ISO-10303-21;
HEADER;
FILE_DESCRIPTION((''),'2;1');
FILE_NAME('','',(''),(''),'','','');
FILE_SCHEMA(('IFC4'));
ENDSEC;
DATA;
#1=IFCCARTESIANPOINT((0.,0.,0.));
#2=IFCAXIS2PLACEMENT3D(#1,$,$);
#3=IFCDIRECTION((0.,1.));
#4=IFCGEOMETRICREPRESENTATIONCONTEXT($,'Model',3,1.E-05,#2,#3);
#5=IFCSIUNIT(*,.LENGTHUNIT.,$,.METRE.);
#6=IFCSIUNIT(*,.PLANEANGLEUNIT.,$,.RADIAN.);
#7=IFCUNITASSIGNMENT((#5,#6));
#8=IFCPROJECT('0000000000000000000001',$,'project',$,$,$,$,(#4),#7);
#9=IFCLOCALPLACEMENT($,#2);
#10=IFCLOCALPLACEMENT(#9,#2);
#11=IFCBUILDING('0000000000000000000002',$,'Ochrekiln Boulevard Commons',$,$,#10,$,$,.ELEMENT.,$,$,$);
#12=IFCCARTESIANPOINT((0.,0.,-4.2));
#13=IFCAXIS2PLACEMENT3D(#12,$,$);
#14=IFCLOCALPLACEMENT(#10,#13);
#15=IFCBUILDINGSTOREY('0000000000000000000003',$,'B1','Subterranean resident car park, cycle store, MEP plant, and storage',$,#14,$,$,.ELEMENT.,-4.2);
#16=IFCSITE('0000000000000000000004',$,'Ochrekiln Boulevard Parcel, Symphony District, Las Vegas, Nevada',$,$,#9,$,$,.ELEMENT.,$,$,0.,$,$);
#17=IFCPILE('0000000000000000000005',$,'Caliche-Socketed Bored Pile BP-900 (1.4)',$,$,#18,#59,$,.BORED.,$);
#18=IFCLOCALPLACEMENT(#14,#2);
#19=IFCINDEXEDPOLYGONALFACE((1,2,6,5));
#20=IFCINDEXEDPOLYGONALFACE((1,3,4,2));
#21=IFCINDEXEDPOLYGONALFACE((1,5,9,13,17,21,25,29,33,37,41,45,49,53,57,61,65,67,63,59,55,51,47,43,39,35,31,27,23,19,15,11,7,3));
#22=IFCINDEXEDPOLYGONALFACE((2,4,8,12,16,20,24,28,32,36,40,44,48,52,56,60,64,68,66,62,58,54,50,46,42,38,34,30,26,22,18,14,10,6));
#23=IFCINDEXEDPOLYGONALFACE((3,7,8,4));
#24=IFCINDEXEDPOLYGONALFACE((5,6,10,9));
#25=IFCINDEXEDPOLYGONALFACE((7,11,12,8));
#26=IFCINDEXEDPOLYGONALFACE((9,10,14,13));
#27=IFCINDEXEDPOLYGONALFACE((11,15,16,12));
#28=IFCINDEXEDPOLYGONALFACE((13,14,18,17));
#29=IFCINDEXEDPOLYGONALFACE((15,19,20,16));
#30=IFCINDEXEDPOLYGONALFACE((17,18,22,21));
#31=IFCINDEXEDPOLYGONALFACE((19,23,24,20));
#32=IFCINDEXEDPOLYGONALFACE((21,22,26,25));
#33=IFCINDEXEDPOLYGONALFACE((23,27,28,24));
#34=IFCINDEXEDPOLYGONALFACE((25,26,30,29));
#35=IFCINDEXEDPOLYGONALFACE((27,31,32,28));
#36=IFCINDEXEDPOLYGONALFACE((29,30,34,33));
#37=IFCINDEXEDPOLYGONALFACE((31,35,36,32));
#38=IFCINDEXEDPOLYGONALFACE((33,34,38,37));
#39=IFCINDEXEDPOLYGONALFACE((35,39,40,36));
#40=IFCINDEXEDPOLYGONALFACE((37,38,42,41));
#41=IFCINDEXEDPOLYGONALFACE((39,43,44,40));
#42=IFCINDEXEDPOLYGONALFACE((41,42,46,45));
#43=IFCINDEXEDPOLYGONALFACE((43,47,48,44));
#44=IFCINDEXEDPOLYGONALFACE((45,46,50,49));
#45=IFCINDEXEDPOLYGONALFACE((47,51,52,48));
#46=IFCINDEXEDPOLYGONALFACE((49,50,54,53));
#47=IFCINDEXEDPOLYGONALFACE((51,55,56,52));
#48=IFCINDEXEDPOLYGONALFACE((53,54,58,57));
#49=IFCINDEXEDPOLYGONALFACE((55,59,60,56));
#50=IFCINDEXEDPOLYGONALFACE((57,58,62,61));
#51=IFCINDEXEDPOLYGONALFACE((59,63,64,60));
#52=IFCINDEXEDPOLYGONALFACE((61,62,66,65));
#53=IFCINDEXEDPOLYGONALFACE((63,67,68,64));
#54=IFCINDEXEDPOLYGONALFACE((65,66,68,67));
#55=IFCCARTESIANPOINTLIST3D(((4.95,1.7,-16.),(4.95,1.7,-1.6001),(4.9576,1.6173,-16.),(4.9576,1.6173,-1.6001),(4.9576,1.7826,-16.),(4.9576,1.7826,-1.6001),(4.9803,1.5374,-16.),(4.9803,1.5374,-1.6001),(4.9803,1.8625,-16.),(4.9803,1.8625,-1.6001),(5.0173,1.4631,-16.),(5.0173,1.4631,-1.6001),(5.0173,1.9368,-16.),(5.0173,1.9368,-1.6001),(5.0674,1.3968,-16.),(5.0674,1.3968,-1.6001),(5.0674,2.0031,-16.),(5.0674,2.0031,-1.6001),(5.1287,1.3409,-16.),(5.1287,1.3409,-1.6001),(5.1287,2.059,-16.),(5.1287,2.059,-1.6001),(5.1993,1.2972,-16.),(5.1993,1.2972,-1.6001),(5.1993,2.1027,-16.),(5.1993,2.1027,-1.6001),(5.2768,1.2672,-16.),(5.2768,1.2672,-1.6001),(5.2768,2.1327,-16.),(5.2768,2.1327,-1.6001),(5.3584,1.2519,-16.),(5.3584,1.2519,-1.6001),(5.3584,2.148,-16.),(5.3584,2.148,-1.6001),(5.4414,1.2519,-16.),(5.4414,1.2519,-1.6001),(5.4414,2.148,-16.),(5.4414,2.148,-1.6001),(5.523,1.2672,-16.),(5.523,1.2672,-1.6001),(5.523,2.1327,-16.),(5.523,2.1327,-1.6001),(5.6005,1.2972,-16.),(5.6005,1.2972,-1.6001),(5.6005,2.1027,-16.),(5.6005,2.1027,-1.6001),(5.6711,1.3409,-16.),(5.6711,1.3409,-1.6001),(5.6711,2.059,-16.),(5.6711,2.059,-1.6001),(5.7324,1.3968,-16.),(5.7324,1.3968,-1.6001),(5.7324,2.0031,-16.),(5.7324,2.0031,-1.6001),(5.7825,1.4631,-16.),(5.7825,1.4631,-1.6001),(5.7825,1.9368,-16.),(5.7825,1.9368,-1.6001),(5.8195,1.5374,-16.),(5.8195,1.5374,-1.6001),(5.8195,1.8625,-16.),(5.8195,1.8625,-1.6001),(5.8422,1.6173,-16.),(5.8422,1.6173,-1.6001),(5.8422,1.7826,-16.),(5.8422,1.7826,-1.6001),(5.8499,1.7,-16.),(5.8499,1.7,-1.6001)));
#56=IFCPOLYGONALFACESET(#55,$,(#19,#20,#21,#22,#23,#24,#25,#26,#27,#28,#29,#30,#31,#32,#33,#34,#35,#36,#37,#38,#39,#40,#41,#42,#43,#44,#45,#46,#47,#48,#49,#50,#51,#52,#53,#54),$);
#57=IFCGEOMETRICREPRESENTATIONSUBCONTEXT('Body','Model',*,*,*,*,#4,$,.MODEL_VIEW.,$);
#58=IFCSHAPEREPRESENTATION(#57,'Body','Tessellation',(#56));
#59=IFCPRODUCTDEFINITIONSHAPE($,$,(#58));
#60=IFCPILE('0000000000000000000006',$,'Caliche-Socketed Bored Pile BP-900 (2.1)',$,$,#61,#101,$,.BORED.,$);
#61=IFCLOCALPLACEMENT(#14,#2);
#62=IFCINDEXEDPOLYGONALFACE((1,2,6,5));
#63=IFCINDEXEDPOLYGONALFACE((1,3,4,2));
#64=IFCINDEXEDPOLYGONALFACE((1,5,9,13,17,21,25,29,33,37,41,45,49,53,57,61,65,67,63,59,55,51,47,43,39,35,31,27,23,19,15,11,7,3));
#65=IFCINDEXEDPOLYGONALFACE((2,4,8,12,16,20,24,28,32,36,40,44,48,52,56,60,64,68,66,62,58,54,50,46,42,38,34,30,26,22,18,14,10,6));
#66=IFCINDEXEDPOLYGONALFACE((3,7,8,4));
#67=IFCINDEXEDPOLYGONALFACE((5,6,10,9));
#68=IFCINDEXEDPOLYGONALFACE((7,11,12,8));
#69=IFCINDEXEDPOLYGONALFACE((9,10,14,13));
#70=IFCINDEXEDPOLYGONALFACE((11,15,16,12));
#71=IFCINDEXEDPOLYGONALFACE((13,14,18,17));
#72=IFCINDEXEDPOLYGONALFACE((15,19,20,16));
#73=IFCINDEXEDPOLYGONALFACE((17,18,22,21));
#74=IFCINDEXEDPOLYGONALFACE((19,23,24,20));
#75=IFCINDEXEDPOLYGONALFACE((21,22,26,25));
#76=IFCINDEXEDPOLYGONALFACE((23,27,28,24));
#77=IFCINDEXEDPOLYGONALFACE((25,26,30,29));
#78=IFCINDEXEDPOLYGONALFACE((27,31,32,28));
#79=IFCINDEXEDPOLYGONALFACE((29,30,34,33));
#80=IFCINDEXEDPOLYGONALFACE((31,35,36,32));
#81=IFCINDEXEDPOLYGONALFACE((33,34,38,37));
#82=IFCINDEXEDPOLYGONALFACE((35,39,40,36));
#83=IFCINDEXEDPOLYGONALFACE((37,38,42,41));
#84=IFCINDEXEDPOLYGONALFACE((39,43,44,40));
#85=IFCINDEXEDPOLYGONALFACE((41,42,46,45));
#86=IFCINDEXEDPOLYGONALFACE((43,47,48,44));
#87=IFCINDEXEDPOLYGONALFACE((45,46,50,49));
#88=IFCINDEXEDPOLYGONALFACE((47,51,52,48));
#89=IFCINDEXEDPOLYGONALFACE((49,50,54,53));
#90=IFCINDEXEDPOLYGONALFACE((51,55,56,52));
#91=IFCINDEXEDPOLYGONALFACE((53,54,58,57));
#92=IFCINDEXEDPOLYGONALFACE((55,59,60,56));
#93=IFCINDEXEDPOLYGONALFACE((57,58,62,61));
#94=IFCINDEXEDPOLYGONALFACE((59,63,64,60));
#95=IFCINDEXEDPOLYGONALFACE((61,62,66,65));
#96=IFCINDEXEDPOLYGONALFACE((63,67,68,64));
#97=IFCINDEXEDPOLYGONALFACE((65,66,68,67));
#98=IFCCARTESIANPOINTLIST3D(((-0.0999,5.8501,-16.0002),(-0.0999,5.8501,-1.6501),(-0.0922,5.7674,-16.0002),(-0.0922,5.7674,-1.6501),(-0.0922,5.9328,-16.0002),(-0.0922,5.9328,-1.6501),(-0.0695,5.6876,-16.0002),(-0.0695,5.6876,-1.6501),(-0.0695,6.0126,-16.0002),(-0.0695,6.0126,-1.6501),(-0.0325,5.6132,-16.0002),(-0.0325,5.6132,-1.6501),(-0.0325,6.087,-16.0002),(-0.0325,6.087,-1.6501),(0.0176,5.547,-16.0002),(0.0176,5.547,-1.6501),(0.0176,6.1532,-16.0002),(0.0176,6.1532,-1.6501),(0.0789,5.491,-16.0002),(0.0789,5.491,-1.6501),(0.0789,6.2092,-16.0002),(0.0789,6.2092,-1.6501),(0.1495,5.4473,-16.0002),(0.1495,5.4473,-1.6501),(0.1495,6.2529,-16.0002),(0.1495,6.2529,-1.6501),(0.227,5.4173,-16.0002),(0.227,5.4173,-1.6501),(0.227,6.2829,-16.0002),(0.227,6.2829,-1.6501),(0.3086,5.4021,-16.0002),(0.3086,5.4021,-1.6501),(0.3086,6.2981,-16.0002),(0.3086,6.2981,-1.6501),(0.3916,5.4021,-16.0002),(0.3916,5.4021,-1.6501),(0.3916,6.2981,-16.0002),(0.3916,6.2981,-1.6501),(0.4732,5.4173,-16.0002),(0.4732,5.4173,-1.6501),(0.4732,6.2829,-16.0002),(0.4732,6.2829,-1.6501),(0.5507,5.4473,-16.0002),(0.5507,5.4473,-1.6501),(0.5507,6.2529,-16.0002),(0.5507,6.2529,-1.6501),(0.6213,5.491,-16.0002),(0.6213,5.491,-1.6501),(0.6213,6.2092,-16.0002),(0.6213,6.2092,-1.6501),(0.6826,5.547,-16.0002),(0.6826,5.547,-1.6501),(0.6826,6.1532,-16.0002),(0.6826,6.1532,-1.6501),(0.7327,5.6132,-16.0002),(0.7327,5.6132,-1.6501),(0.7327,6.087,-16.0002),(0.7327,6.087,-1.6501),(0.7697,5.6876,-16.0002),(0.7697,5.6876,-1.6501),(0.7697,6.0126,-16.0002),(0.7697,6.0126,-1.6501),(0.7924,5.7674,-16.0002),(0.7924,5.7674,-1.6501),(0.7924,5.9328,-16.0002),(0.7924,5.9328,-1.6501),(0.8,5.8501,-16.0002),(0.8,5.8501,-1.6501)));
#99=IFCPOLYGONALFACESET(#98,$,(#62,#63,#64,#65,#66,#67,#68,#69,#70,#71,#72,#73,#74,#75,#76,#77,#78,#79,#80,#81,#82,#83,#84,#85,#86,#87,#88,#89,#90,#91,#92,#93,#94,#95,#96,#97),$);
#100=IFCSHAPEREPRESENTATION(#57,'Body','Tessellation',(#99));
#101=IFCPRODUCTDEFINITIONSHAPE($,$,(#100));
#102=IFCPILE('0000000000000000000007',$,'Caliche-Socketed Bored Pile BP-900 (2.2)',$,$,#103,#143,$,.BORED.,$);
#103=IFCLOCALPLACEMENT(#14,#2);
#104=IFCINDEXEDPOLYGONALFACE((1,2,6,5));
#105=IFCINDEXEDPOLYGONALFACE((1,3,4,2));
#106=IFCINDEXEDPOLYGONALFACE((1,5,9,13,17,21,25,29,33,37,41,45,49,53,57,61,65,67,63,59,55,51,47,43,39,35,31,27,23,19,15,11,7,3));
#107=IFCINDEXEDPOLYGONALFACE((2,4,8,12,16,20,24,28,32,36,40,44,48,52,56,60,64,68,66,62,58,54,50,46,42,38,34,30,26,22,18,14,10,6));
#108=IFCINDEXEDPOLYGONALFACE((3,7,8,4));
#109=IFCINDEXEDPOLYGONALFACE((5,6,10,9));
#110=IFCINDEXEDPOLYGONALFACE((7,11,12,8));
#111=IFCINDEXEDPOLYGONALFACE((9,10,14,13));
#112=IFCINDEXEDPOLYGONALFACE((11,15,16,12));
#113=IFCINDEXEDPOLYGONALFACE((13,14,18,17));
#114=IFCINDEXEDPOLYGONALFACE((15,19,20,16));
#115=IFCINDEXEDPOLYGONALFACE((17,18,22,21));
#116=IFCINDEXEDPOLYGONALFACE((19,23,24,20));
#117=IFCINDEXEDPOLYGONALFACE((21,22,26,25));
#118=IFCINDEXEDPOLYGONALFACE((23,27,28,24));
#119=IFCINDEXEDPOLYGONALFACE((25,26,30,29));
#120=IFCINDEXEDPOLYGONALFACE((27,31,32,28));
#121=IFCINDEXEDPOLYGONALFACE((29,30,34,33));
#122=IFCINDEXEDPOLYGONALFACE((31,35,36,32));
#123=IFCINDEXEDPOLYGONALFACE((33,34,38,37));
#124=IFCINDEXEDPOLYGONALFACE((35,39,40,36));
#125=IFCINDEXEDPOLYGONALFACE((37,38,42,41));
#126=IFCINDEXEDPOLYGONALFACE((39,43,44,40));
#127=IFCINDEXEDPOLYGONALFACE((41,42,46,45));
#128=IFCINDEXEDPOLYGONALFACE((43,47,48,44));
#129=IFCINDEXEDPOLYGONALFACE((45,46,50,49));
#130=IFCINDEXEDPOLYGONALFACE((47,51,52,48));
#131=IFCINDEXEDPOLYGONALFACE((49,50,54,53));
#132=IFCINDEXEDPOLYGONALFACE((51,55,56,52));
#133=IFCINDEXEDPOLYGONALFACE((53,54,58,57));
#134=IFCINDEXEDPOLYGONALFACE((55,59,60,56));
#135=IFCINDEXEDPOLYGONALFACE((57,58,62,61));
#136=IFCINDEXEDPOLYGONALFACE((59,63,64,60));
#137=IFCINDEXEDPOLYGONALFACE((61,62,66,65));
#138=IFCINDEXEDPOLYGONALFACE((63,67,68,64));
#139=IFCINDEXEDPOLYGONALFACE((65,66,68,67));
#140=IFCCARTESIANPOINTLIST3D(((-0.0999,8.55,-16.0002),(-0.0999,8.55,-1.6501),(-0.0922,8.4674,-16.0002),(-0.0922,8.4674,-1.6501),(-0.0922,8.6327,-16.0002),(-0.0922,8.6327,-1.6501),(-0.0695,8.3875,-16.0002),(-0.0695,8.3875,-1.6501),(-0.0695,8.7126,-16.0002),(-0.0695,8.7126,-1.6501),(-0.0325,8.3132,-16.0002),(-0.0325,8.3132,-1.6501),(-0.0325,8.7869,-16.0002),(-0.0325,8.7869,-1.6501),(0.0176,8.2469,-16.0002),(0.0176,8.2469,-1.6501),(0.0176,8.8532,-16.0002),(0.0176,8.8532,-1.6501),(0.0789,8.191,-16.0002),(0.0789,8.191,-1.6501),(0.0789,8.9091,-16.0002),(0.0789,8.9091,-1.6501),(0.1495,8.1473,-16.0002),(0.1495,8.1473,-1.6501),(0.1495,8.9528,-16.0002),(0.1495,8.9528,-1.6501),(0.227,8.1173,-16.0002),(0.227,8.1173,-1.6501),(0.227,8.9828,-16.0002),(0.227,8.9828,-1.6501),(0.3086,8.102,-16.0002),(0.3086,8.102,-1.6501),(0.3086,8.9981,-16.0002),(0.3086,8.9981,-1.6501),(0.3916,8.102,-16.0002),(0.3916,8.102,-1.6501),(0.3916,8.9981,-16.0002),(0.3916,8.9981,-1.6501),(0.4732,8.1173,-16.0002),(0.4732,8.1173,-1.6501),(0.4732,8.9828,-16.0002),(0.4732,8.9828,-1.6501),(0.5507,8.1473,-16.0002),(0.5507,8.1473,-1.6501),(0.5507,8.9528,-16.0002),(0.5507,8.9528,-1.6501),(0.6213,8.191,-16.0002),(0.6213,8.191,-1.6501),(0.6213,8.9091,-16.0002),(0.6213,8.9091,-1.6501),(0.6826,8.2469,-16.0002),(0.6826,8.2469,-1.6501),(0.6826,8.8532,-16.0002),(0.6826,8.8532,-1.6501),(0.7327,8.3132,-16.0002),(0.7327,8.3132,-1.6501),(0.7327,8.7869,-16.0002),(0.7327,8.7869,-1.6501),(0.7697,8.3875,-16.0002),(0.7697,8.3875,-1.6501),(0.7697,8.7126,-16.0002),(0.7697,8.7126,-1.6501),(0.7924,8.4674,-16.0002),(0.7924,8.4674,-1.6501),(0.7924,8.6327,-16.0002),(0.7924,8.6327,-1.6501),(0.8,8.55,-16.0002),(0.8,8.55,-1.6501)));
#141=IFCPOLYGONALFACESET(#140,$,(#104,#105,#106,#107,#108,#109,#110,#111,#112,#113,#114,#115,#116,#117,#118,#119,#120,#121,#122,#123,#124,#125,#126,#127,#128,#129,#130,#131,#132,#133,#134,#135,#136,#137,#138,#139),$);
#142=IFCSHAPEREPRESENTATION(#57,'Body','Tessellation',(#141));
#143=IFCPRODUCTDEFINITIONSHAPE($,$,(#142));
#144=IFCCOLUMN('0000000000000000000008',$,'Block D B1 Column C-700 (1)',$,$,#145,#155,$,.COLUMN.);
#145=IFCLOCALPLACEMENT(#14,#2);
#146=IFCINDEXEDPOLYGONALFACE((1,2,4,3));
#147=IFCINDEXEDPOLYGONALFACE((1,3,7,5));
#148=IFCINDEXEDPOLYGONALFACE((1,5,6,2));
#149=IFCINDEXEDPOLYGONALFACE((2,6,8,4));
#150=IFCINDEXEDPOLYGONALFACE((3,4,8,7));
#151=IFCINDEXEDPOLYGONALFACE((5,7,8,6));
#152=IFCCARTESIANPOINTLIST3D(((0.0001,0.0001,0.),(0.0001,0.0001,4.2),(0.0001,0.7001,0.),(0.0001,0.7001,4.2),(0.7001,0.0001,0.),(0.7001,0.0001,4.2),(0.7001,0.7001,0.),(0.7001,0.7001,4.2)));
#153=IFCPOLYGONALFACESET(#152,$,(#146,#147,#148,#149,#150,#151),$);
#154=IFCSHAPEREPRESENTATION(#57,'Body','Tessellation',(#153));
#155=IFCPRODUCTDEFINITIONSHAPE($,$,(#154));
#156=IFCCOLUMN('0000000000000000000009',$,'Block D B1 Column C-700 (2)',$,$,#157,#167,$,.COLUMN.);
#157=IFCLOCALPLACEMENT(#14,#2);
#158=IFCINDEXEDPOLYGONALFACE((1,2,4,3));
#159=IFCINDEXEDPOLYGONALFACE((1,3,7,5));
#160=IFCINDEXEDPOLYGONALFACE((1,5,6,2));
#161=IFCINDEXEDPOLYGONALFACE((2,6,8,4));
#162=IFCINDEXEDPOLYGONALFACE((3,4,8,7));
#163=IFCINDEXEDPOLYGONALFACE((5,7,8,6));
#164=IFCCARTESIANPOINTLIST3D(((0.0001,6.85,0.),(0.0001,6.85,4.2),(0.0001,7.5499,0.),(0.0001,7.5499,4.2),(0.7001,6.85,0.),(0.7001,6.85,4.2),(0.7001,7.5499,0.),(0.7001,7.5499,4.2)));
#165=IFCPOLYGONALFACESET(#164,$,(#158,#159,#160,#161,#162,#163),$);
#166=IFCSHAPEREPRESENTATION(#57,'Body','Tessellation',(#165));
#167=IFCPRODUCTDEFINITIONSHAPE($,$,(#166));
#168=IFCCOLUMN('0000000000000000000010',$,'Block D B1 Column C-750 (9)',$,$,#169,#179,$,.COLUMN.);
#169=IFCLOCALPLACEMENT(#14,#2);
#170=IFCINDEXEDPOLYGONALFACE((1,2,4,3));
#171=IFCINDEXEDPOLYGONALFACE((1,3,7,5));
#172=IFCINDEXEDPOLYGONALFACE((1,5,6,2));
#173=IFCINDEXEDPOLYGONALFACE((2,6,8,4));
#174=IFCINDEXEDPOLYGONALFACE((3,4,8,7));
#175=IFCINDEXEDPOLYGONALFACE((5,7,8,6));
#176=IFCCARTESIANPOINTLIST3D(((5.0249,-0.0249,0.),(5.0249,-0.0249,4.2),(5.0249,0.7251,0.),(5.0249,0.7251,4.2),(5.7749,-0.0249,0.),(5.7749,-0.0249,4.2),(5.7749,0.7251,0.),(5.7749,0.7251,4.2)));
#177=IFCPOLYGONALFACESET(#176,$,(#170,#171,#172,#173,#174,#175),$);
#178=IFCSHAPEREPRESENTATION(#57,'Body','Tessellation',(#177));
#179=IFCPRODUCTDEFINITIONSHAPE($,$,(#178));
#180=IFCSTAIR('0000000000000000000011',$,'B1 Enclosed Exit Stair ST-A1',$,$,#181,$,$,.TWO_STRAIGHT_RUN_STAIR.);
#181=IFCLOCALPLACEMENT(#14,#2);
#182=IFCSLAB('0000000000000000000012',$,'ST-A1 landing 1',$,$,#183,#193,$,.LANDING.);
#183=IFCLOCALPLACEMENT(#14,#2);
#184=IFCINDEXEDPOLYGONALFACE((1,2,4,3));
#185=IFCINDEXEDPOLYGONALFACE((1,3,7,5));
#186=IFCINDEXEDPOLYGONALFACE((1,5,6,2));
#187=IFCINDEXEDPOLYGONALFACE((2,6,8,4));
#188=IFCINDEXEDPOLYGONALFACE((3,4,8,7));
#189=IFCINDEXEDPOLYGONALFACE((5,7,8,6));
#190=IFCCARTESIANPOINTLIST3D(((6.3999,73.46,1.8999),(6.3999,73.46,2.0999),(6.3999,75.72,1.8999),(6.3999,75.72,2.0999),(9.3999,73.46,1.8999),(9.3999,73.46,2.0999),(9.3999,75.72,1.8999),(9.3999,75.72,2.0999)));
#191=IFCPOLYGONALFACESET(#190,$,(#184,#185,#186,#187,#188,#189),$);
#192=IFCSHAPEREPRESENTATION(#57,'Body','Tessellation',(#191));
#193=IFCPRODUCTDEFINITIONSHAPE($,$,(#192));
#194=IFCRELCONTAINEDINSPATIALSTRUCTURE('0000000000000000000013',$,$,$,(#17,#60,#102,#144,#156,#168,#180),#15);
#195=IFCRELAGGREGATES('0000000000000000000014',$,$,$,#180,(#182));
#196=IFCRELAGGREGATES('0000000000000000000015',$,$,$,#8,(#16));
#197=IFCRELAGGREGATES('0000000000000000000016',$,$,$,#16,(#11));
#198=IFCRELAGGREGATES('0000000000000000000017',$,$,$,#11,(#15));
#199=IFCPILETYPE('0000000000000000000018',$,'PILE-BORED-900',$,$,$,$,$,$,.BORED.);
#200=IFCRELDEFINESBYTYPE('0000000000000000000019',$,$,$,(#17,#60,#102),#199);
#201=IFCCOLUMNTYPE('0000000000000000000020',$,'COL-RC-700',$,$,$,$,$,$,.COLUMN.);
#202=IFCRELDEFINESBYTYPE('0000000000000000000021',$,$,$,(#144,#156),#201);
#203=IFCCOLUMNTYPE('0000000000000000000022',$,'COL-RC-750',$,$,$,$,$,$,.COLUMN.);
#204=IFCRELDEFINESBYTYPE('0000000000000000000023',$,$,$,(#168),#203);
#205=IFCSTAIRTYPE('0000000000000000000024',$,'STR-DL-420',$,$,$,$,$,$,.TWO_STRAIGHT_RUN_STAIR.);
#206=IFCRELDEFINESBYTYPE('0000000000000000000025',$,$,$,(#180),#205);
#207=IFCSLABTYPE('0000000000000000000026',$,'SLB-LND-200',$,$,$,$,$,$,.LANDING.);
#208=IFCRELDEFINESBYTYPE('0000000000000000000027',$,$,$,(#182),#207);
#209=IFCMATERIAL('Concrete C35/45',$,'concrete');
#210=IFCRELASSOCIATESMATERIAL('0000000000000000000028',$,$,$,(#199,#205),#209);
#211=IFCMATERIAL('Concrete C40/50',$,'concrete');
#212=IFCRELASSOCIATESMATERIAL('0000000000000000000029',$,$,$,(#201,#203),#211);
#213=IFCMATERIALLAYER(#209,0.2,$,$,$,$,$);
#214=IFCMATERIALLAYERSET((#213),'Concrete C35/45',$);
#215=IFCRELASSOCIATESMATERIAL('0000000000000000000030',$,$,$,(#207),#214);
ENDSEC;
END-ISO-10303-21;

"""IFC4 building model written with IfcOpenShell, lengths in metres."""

from ifc_helpers import new_model, si_unit, direction, frame, origin, origin_2d, place, context, subcontext, project, spatial, polyline, rectangle, circle, outline, extrude, material, layer, layer_set, material_profile, profile_set, type_object, element, aggregate, save


model = new_model("IFC4")

# Units and contexts
model_context = context("Model", 3, precision=1e-05, world=origin(), true_north=direction((0.0, 1.0)))
body_context = subcontext(model_context, "Body", "Model", "MODEL_VIEW")
ifc_project = project(units=[si_unit("LENGTHUNIT", "METRE"), si_unit("PLANEANGLEUNIT", "RADIAN")], contexts=[model_context])

# Site, building, storey
site_placement = place(None, origin())
site = spatial("IfcSite", under=ifc_project, at=site_placement, Name="Ochrekiln Boulevard Parcel, Symphony District, Las Vegas, Nevada", CompositionType="ELEMENT", RefElevation=0.0)
building_placement = place(site_placement, origin())
building = spatial("IfcBuilding", under=site, at=building_placement, Name="Ochrekiln Boulevard Commons", CompositionType="ELEMENT")
storey_placement = place(building_placement, frame((0.0, 0.0, -4.2)))
storey = spatial("IfcBuildingStorey", under=building, at=storey_placement, Name="B1", Description="Subterranean resident car park, cycle store, MEP plant, and storage", CompositionType="ELEMENT", Elevation=-4.2)

# Shared definitions
ifc_material_1 = material(Name="Concrete C35/45", Category="concrete")

# Piles
ifc_material_profile_1 = material_profile(ifc_material_1, circle(Radius=0.45, at=origin_2d()), Name="PILE-D900")
ifc_profile_set_1 = profile_set([ifc_material_profile_1], Name="Concrete C35/45")
pile_type = type_object("IfcPileType", Name="PILE-BORED-900", PredefinedType="BORED", material=ifc_profile_set_1)
for number, where, z_axis, x_axis, name in (
    (1, (5.3999, 1.7, -1.6001), (0.0, 0.0, -1.0), (1.0, 0.0, 0.0), "Caliche-Socketed Bored Pile BP-900 (1.4)"),
):
    element("IfcPile", number, at=place(storey_placement, frame(where, z_axis=z_axis, x_axis=x_axis)), inside=storey, type_object=pile_type, Name=name, PredefinedType="BORED", context=body_context, shape_type="SweptSolid", body=[
        extrude(circle(Radius=0.45, at=origin_2d()), origin(), (0.0, 0.0, 1.0), 14.3999),
    ])
for number, where, z_axis, x_axis, name in (
    (2, (0.3501, 5.8501, -1.6501), (0.0, 0.0, -1.0), (1.0, 0.0, 0.0), "Caliche-Socketed Bored Pile BP-900 (2.1)"),
    (3, (0.3501, 8.55, -1.6501), (0.0, 0.0, -1.0), (1.0, 0.0, 0.0), "Caliche-Socketed Bored Pile BP-900 (2.2)"),
):
    element("IfcPile", number, at=place(storey_placement, frame(where, z_axis=z_axis, x_axis=x_axis)), inside=storey, type_object=pile_type, Name=name, PredefinedType="BORED", context=body_context, shape_type="SweptSolid", body=[
        extrude(circle(Radius=0.45, at=origin_2d()), origin(), (0.0, 0.0, 1.0), 14.3501),
    ])

# Columns
ifc_material_2 = material(Name="Concrete C40/50", Category="concrete")
ifc_material_profile_2 = material_profile(ifc_material_2, rectangle(XDim=0.7, YDim=0.7, at=origin_2d()), Name="RC-COL-700x700")
ifc_profile_set_2 = profile_set([ifc_material_profile_2], Name="Concrete C40/50")
column_type_1 = type_object("IfcColumnType", Name="COL-RC-700", PredefinedType="COLUMN", material=ifc_profile_set_2)
for number, where, z_axis, x_axis, name in (
    (4, (0.3501, 0.3501, 0.0), (0.0, 0.0, 1.0), (1.0, 0.0, 0.0), "Block D B1 Column C-700 (1)"),
    (5, (0.3501, 7.2, 0.0), (0.0, 0.0, 1.0), (1.0, 0.0, 0.0), "Block D B1 Column C-700 (2)"),
):
    element("IfcColumn", number, at=place(storey_placement, frame(where, z_axis=z_axis, x_axis=x_axis)), inside=storey, type_object=column_type_1, Name=name, PredefinedType="COLUMN", context=body_context, shape_type="SweptSolid", body=[
        extrude(rectangle(XDim=0.7, YDim=0.7, at=origin_2d()), origin(), (0.0, 0.0, 1.0), 4.2),
    ])
ifc_material_profile_3 = material_profile(ifc_material_2, rectangle(XDim=0.75, YDim=0.75, at=origin_2d()), Name="RC-COL-750x750")
ifc_profile_set_3 = profile_set([ifc_material_profile_3], Name="Concrete C40/50")
column_type_2 = type_object("IfcColumnType", Name="COL-RC-750", PredefinedType="COLUMN", material=ifc_profile_set_3)
column_placement = place(storey_placement, frame((5.3999, 0.3501, 0.0), z_axis=(0.0, 0.0, 1.0), x_axis=(1.0, 0.0, 0.0)))
element("IfcColumn", 6, at=column_placement, inside=storey, type_object=column_type_2, Name="Block D B1 Column C-750 (9)", PredefinedType="COLUMN", context=body_context, shape_type="SweptSolid", body=[
    extrude(rectangle(XDim=0.75, YDim=0.75, at=origin_2d()), origin(), (0.0, 0.0, 1.0), 4.2),
])

# Stair, slab
stair_type = type_object("IfcStairType", Name="STR-DL-420", PredefinedType="TWO_STRAIGHT_RUN_STAIR", material=ifc_material_1)
stair_1_placement = place(storey_placement, origin())
stair_1 = element("IfcStair", 7, at=stair_1_placement, inside=storey, type_object=stair_type, Name="B1 Enclosed Exit Stair ST-A1", PredefinedType="TWO_STRAIGHT_RUN_STAIR")
ifc_layer_1 = layer(ifc_material_1, 0.2)
ifc_layer_set_1 = layer_set([ifc_layer_1], Name="Concrete C35/45")
slab_type = type_object("IfcSlabType", Name="SLB-LND-200", PredefinedType="LANDING", material=ifc_layer_set_1)
slab_1_placement = place(storey_placement, frame((0.0, 0.0, 1.8999)))
slab_1 = element("IfcSlab", 8, at=slab_1_placement, type_object=slab_type, Name="ST-A1 landing 1", PredefinedType="LANDING", context=body_context, shape_type="SweptSolid", body=[
    extrude(outline(polyline([(9.3999, 73.46), (9.3999, 75.72), (6.3999, 75.72), (6.3999, 73.46), (9.3999, 73.46)])), origin(), (0.0, 0.0, 1.0), 0.2),
])
aggregate(stair_1, [slab_1])

save(model, "model.ifc")
